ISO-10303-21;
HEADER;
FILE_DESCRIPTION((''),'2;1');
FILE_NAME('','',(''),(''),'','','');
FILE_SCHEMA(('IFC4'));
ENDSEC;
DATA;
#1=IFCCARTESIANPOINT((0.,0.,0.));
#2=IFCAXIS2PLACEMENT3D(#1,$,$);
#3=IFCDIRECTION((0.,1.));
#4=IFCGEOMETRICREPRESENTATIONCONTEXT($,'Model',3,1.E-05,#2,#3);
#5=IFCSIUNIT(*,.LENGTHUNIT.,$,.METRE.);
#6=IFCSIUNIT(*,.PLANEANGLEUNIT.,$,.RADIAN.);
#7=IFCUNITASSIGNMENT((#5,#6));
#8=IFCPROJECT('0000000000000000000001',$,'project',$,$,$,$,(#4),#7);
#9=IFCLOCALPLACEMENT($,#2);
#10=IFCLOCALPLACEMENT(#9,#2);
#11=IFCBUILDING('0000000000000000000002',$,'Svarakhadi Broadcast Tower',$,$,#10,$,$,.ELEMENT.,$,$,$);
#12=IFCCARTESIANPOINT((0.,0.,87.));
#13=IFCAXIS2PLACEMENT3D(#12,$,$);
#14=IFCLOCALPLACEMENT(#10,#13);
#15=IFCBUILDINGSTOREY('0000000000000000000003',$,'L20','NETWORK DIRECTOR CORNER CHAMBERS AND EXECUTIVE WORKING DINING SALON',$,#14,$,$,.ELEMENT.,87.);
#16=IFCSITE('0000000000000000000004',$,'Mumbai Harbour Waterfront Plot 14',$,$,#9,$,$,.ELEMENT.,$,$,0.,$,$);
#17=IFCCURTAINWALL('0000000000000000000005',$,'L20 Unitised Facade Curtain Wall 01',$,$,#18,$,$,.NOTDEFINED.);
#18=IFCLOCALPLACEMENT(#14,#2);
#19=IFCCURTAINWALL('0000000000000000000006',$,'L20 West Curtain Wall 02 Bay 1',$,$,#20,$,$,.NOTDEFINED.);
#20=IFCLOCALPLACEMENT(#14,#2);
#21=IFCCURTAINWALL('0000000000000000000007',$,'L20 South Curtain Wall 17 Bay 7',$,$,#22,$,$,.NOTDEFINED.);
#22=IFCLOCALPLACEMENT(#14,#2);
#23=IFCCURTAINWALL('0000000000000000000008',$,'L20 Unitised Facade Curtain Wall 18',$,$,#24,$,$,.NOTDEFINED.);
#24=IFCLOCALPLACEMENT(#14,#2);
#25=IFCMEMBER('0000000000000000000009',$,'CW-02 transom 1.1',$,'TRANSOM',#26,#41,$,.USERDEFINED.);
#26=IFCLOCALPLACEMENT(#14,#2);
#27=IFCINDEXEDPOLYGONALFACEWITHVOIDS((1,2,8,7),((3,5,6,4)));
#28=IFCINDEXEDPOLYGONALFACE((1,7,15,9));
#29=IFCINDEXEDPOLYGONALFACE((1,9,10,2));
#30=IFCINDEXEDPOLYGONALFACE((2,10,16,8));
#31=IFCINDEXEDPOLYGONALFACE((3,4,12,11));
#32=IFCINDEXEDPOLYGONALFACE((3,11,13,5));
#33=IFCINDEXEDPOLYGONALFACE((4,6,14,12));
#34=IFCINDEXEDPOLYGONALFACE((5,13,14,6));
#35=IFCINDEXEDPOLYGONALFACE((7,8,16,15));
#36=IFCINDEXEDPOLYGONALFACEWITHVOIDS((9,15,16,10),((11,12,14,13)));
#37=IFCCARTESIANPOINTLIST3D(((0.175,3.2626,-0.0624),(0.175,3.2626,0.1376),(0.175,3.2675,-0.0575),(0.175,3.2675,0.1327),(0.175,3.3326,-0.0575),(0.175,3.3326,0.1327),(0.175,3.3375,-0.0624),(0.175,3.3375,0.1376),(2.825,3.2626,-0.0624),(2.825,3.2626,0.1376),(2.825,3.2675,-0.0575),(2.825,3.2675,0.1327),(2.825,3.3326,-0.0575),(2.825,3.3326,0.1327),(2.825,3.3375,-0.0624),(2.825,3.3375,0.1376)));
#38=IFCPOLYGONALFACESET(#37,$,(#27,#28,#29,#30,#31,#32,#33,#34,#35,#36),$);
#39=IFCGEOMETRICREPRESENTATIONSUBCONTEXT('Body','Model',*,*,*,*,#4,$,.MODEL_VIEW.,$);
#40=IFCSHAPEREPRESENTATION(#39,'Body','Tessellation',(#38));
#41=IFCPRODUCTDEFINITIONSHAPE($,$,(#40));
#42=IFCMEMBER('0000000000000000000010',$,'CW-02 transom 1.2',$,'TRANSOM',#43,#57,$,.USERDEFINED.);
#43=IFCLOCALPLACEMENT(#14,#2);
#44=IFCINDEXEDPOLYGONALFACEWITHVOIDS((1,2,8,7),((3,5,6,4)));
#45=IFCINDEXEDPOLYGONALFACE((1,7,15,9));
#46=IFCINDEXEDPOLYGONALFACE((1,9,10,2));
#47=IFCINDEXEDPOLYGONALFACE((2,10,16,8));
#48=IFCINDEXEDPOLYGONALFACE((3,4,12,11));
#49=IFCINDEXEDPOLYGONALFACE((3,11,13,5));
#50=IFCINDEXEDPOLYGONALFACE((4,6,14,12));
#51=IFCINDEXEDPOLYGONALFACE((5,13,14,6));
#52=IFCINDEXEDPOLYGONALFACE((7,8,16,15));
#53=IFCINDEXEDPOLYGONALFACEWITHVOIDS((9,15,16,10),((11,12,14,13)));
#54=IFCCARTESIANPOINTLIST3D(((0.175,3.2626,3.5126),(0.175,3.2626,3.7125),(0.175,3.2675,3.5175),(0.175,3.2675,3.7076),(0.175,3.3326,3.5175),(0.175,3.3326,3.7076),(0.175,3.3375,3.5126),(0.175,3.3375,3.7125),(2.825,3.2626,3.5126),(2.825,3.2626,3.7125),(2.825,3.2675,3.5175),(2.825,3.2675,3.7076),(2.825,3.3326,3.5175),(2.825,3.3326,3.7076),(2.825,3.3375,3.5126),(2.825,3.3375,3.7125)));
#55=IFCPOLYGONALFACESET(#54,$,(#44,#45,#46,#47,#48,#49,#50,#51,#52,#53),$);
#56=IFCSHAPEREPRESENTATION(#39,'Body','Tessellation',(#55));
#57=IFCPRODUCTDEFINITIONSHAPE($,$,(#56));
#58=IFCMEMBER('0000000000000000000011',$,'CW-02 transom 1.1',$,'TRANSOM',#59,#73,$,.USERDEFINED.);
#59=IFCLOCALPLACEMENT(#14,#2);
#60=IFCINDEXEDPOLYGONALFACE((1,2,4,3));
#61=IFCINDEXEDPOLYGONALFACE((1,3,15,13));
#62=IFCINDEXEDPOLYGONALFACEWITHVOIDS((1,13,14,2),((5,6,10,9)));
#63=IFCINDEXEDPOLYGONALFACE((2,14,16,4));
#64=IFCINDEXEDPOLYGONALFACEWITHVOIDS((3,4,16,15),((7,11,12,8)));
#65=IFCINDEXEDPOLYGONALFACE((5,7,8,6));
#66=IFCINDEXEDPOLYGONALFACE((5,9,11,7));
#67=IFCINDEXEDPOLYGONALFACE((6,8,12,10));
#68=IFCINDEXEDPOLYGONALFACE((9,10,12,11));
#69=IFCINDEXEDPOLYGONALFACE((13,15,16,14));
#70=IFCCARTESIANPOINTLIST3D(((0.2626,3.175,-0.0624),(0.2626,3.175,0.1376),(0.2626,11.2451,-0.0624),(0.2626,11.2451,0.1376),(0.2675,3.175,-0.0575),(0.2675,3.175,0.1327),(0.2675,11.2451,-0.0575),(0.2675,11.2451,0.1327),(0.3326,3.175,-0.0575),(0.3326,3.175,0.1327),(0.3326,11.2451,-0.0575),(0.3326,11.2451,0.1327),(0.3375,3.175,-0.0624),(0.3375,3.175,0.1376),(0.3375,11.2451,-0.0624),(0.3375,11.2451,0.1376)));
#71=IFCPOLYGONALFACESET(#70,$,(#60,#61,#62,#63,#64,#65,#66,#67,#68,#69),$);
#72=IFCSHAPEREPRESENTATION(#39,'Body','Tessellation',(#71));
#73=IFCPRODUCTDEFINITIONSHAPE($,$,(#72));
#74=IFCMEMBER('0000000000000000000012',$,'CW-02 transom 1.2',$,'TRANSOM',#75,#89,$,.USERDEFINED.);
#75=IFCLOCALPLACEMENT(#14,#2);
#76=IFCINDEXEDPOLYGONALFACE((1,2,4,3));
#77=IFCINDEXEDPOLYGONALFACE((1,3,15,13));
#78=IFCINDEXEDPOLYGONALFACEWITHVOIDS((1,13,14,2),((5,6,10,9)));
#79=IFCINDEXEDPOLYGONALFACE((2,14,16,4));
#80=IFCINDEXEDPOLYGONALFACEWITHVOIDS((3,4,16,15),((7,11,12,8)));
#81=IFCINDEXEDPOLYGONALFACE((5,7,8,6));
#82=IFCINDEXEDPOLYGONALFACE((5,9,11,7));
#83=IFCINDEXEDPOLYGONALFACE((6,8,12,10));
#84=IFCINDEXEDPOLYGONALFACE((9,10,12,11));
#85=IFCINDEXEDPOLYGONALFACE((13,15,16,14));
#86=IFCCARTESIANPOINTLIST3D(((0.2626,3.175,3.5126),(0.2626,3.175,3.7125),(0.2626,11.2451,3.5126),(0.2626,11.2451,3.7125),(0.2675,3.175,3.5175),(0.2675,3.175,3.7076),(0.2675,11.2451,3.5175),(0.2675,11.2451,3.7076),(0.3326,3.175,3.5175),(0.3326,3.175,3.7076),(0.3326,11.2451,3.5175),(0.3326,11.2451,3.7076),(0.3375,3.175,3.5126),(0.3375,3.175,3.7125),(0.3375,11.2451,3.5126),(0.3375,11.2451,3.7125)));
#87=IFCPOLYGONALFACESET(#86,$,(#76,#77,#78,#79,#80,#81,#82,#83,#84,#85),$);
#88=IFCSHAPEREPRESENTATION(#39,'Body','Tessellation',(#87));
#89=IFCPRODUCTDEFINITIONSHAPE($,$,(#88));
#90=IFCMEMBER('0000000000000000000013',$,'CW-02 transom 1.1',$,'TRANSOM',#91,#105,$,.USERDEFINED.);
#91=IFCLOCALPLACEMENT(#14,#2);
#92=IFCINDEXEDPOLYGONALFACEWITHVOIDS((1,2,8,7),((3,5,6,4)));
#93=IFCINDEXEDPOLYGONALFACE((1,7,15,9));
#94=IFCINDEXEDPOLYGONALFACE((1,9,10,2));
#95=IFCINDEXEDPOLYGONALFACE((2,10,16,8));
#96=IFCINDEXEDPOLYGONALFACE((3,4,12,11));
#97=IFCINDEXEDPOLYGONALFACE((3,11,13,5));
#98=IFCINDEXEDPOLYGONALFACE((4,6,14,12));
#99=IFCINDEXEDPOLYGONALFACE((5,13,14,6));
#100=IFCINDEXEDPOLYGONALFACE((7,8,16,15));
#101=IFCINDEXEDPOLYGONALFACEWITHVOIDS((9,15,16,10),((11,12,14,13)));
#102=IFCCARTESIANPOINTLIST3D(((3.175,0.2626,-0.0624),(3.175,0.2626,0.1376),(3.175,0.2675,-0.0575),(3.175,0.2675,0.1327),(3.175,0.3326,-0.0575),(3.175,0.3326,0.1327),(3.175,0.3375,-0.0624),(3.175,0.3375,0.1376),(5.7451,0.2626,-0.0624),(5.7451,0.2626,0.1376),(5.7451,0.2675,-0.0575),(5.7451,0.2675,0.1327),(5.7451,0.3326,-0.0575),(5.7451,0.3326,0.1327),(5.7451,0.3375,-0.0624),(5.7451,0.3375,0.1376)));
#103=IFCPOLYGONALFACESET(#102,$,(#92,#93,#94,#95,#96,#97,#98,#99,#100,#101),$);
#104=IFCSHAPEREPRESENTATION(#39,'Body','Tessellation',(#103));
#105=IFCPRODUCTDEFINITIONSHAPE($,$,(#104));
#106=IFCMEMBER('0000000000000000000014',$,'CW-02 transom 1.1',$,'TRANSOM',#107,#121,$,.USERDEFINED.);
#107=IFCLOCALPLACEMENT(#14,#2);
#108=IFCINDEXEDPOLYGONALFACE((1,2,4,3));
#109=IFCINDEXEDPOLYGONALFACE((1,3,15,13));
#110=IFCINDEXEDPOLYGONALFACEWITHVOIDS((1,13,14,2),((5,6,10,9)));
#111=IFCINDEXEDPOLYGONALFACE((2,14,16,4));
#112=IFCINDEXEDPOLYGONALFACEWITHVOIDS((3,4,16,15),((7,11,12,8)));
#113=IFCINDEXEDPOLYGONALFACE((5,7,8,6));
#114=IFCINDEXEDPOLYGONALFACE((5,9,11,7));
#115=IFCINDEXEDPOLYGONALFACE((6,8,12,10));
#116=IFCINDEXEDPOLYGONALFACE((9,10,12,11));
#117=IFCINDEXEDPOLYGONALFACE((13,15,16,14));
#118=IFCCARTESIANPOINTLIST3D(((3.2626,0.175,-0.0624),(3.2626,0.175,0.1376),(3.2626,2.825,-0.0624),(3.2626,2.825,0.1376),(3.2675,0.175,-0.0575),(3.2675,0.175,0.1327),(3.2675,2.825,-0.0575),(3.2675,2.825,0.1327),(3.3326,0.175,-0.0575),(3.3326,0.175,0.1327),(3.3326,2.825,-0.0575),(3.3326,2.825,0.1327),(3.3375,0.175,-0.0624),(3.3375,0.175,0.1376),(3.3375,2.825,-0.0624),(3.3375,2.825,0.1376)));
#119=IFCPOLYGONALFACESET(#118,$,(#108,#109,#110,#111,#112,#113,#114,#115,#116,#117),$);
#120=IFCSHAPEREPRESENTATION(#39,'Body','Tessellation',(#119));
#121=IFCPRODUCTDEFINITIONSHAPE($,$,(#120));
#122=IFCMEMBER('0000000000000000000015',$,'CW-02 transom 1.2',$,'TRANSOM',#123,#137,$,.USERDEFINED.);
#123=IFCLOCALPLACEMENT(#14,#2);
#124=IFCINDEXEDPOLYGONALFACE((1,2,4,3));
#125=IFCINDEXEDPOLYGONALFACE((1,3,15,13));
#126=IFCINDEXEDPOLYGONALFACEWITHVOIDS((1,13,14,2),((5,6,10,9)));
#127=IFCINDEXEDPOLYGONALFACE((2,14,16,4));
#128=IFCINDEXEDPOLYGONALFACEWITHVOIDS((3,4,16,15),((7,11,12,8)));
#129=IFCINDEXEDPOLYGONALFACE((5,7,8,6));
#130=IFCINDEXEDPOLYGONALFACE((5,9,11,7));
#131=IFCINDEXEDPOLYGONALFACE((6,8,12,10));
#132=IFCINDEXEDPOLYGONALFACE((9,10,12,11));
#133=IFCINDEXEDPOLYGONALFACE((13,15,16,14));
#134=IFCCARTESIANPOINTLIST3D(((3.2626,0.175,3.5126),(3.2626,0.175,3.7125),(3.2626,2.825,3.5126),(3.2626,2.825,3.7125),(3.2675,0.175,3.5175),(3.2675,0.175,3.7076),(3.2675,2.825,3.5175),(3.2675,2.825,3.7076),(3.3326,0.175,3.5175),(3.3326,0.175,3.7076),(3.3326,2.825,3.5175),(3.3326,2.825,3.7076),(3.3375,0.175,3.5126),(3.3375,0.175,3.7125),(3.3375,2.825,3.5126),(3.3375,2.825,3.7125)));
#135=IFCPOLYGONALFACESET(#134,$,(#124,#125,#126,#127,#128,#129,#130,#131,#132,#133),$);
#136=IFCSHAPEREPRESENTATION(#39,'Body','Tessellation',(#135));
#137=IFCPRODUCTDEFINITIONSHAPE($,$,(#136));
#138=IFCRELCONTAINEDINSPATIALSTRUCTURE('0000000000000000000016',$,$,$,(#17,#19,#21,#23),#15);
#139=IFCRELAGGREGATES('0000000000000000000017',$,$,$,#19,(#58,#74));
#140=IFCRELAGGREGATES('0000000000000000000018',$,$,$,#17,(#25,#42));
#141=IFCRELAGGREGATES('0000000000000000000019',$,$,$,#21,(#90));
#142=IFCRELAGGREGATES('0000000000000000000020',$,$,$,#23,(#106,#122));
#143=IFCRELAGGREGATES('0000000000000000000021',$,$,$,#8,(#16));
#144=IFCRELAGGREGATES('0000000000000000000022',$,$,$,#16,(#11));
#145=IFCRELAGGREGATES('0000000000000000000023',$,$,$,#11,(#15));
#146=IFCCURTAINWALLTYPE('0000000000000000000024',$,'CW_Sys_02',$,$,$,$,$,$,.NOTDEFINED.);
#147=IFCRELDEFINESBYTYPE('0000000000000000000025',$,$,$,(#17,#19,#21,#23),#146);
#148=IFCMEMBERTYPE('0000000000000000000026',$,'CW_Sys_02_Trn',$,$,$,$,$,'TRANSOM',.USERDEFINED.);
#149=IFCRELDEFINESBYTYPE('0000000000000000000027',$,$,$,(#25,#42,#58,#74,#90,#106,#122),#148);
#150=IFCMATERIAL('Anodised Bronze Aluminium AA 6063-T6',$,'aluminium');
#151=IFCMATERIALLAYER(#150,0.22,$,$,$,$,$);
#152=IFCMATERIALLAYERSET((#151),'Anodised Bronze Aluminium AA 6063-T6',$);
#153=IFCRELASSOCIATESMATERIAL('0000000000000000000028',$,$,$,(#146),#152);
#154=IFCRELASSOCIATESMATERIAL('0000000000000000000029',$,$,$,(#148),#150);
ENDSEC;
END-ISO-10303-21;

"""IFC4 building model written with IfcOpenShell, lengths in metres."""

from ifc_helpers import new_model, si_unit, direction, frame, origin, origin_2d, place, context, subcontext, project, spatial, hollow_rectangle, extrude, material, layer, layer_set, material_profile, profile_set, type_object, element, aggregate, save


model = new_model("IFC4")

# Units and contexts
model_context = context("Model", 3, precision=1e-05, world=origin(), true_north=direction((0.0, 1.0)))
body_context = subcontext(model_context, "Body", "Model", "MODEL_VIEW")
ifc_project = project(units=[si_unit("LENGTHUNIT", "METRE"), si_unit("PLANEANGLEUNIT", "RADIAN")], contexts=[model_context])

# Site, building, storey
site_placement = place(None, origin())
site = spatial("IfcSite", under=ifc_project, at=site_placement, Name="Mumbai Harbour Waterfront Plot 14", CompositionType="ELEMENT", RefElevation=0.0)
building_placement = place(site_placement, origin())
building = spatial("IfcBuilding", under=site, at=building_placement, Name="Svarakhadi Broadcast Tower", CompositionType="ELEMENT")
storey_placement = place(building_placement, frame((0.0, 0.0, 87.0)))
storey = spatial("IfcBuildingStorey", under=building, at=storey_placement, Name="L20", Description="NETWORK DIRECTOR CORNER CHAMBERS AND EXECUTIVE WORKING DINING SALON", CompositionType="ELEMENT", Elevation=87.0)

# Curtain wall
ifc_material_1 = material(Name="Anodised Bronze Aluminium AA 6063-T6", Category="aluminium")
ifc_layer_1 = layer(ifc_material_1, 0.22)
ifc_layer_set_1 = layer_set([ifc_layer_1], Name="Anodised Bronze Aluminium AA 6063-T6")
curtain_wall_type = type_object("IfcCurtainWallType", Name="CW_Sys_02", PredefinedType="NOTDEFINED", material=ifc_layer_set_1)
curtain_wall_1_placement = place(storey_placement, origin())
curtain_wall_1 = element("IfcCurtainWall", 1, at=curtain_wall_1_placement, inside=storey, type_object=curtain_wall_type, Name="L20 Unitised Facade Curtain Wall 01", PredefinedType="NOTDEFINED")

# Curtain walls
curtain_wall_2_placement = place(storey_placement, origin())
curtain_wall_2 = element("IfcCurtainWall", 2, at=curtain_wall_2_placement, inside=storey, type_object=curtain_wall_type, Name="L20 West Curtain Wall 02 Bay 1", PredefinedType="NOTDEFINED")
curtain_wall_3_placement = place(storey_placement, origin())
curtain_wall_3 = element("IfcCurtainWall", 3, at=curtain_wall_3_placement, inside=storey, type_object=curtain_wall_type, Name="L20 South Curtain Wall 17 Bay 7", PredefinedType="NOTDEFINED")

# Curtain wall
curtain_wall_4_placement = place(storey_placement, origin())
curtain_wall_4 = element("IfcCurtainWall", 4, at=curtain_wall_4_placement, inside=storey, type_object=curtain_wall_type, Name="L20 Unitised Facade Curtain Wall 18", PredefinedType="NOTDEFINED")

# Members
ifc_material_profile_1 = material_profile(ifc_material_1, hollow_rectangle(XDim=0.075, YDim=0.2, WallThickness=0.0049, at=origin_2d()), Name="ALU TRANSOM 200x75x5")
ifc_profile_set_1 = profile_set([ifc_material_profile_1], Name="Anodised Bronze Aluminium AA 6063-T6")
member_type_1 = type_object("IfcMemberType", Name="CW_Sys_02_Trn", ElementType="TRANSOM", PredefinedType="USERDEFINED", material=ifc_profile_set_1)
member_1_placement = place(storey_placement, frame((2.825, 3.3, 0.0376), z_axis=(-1.0, 0.0, 0.0), x_axis=(0.0, -1.0, 0.0)))
member_1 = element("IfcMember", 5, at=member_1_placement, type_object=member_type_1, Name="CW-02 transom 1.1", ObjectType="TRANSOM", PredefinedType="USERDEFINED", context=body_context, shape_type="SweptSolid", body=[
    extrude(hollow_rectangle(XDim=0.075, YDim=0.2, WallThickness=0.0049, at=origin_2d()), origin(), (0.0, 0.0, 1.0), 2.6499),
])
member_2_placement = place(storey_placement, frame((2.825, 3.3, 3.6125), z_axis=(-1.0, 0.0, 0.0), x_axis=(0.0, -1.0, 0.0)))
member_2 = element("IfcMember", 6, at=member_2_placement, type_object=member_type_1, Name="CW-02 transom 1.2", ObjectType="TRANSOM", PredefinedType="USERDEFINED", context=body_context, shape_type="SweptSolid", body=[
    extrude(hollow_rectangle(XDim=0.075, YDim=0.2, WallThickness=0.0049, at=origin_2d()), origin(), (0.0, 0.0, 1.0), 2.6499),
])
member_3_placement = place(storey_placement, frame((0.3, 3.175, 0.0376), z_axis=(0.0, 1.0, 0.0), x_axis=(-1.0, 0.0, 0.0)))
member_3 = element("IfcMember", 7, at=member_3_placement, type_object=member_type_1, Name="CW-02 transom 1.1", ObjectType="TRANSOM", PredefinedType="USERDEFINED", context=body_context, shape_type="SweptSolid", body=[
    extrude(hollow_rectangle(XDim=0.075, YDim=0.2, WallThickness=0.0049, at=origin_2d()), origin(), (0.0, 0.0, 1.0), 8.0701),
])
member_4_placement = place(storey_placement, frame((0.3, 3.175, 3.6125), z_axis=(0.0, 1.0, 0.0), x_axis=(-1.0, 0.0, 0.0)))
member_4 = element("IfcMember", 8, at=member_4_placement, type_object=member_type_1, Name="CW-02 transom 1.2", ObjectType="TRANSOM", PredefinedType="USERDEFINED", context=body_context, shape_type="SweptSolid", body=[
    extrude(hollow_rectangle(XDim=0.075, YDim=0.2, WallThickness=0.0049, at=origin_2d()), origin(), (0.0, 0.0, 1.0), 8.0701),
])
aggregate(curtain_wall_2, [member_3, member_4])
member_5_placement = place(storey_placement, frame((5.7451, 0.3, 0.0376), z_axis=(-1.0, 0.0, 0.0), x_axis=(0.0, -1.0, 0.0)))
member_5 = element("IfcMember", 9, at=member_5_placement, type_object=member_type_1, Name="CW-02 transom 1.1", ObjectType="TRANSOM", PredefinedType="USERDEFINED", context=body_context, shape_type="SweptSolid", body=[
    extrude(hollow_rectangle(XDim=0.075, YDim=0.2, WallThickness=0.0049, at=origin_2d()), origin(), (0.0, 0.0, 1.0), 2.5701),
])
member_6_placement = place(storey_placement, frame((3.3, 0.175, 0.0376), z_axis=(0.0, 1.0, 0.0), x_axis=(-1.0, 0.0, 0.0)))
member_6 = element("IfcMember", 10, at=member_6_placement, type_object=member_type_1, Name="CW-02 transom 1.1", ObjectType="TRANSOM", PredefinedType="USERDEFINED", context=body_context, shape_type="SweptSolid", body=[
    extrude(hollow_rectangle(XDim=0.075, YDim=0.2, WallThickness=0.0049, at=origin_2d()), origin(), (0.0, 0.0, 1.0), 2.6499),
])
member_7_placement = place(storey_placement, frame((3.3, 0.175, 3.6125), z_axis=(0.0, 1.0, 0.0), x_axis=(-1.0, 0.0, 0.0)))
member_7 = element("IfcMember", 11, at=member_7_placement, type_object=member_type_1, Name="CW-02 transom 1.2", ObjectType="TRANSOM", PredefinedType="USERDEFINED", context=body_context, shape_type="SweptSolid", body=[
    extrude(hollow_rectangle(XDim=0.075, YDim=0.2, WallThickness=0.0049, at=origin_2d()), origin(), (0.0, 0.0, 1.0), 2.6499),
])

aggregate(curtain_wall_1, [member_1, member_2])
aggregate(curtain_wall_3, [member_5])
aggregate(curtain_wall_4, [member_6, member_7])

save(model, "model.ifc")
